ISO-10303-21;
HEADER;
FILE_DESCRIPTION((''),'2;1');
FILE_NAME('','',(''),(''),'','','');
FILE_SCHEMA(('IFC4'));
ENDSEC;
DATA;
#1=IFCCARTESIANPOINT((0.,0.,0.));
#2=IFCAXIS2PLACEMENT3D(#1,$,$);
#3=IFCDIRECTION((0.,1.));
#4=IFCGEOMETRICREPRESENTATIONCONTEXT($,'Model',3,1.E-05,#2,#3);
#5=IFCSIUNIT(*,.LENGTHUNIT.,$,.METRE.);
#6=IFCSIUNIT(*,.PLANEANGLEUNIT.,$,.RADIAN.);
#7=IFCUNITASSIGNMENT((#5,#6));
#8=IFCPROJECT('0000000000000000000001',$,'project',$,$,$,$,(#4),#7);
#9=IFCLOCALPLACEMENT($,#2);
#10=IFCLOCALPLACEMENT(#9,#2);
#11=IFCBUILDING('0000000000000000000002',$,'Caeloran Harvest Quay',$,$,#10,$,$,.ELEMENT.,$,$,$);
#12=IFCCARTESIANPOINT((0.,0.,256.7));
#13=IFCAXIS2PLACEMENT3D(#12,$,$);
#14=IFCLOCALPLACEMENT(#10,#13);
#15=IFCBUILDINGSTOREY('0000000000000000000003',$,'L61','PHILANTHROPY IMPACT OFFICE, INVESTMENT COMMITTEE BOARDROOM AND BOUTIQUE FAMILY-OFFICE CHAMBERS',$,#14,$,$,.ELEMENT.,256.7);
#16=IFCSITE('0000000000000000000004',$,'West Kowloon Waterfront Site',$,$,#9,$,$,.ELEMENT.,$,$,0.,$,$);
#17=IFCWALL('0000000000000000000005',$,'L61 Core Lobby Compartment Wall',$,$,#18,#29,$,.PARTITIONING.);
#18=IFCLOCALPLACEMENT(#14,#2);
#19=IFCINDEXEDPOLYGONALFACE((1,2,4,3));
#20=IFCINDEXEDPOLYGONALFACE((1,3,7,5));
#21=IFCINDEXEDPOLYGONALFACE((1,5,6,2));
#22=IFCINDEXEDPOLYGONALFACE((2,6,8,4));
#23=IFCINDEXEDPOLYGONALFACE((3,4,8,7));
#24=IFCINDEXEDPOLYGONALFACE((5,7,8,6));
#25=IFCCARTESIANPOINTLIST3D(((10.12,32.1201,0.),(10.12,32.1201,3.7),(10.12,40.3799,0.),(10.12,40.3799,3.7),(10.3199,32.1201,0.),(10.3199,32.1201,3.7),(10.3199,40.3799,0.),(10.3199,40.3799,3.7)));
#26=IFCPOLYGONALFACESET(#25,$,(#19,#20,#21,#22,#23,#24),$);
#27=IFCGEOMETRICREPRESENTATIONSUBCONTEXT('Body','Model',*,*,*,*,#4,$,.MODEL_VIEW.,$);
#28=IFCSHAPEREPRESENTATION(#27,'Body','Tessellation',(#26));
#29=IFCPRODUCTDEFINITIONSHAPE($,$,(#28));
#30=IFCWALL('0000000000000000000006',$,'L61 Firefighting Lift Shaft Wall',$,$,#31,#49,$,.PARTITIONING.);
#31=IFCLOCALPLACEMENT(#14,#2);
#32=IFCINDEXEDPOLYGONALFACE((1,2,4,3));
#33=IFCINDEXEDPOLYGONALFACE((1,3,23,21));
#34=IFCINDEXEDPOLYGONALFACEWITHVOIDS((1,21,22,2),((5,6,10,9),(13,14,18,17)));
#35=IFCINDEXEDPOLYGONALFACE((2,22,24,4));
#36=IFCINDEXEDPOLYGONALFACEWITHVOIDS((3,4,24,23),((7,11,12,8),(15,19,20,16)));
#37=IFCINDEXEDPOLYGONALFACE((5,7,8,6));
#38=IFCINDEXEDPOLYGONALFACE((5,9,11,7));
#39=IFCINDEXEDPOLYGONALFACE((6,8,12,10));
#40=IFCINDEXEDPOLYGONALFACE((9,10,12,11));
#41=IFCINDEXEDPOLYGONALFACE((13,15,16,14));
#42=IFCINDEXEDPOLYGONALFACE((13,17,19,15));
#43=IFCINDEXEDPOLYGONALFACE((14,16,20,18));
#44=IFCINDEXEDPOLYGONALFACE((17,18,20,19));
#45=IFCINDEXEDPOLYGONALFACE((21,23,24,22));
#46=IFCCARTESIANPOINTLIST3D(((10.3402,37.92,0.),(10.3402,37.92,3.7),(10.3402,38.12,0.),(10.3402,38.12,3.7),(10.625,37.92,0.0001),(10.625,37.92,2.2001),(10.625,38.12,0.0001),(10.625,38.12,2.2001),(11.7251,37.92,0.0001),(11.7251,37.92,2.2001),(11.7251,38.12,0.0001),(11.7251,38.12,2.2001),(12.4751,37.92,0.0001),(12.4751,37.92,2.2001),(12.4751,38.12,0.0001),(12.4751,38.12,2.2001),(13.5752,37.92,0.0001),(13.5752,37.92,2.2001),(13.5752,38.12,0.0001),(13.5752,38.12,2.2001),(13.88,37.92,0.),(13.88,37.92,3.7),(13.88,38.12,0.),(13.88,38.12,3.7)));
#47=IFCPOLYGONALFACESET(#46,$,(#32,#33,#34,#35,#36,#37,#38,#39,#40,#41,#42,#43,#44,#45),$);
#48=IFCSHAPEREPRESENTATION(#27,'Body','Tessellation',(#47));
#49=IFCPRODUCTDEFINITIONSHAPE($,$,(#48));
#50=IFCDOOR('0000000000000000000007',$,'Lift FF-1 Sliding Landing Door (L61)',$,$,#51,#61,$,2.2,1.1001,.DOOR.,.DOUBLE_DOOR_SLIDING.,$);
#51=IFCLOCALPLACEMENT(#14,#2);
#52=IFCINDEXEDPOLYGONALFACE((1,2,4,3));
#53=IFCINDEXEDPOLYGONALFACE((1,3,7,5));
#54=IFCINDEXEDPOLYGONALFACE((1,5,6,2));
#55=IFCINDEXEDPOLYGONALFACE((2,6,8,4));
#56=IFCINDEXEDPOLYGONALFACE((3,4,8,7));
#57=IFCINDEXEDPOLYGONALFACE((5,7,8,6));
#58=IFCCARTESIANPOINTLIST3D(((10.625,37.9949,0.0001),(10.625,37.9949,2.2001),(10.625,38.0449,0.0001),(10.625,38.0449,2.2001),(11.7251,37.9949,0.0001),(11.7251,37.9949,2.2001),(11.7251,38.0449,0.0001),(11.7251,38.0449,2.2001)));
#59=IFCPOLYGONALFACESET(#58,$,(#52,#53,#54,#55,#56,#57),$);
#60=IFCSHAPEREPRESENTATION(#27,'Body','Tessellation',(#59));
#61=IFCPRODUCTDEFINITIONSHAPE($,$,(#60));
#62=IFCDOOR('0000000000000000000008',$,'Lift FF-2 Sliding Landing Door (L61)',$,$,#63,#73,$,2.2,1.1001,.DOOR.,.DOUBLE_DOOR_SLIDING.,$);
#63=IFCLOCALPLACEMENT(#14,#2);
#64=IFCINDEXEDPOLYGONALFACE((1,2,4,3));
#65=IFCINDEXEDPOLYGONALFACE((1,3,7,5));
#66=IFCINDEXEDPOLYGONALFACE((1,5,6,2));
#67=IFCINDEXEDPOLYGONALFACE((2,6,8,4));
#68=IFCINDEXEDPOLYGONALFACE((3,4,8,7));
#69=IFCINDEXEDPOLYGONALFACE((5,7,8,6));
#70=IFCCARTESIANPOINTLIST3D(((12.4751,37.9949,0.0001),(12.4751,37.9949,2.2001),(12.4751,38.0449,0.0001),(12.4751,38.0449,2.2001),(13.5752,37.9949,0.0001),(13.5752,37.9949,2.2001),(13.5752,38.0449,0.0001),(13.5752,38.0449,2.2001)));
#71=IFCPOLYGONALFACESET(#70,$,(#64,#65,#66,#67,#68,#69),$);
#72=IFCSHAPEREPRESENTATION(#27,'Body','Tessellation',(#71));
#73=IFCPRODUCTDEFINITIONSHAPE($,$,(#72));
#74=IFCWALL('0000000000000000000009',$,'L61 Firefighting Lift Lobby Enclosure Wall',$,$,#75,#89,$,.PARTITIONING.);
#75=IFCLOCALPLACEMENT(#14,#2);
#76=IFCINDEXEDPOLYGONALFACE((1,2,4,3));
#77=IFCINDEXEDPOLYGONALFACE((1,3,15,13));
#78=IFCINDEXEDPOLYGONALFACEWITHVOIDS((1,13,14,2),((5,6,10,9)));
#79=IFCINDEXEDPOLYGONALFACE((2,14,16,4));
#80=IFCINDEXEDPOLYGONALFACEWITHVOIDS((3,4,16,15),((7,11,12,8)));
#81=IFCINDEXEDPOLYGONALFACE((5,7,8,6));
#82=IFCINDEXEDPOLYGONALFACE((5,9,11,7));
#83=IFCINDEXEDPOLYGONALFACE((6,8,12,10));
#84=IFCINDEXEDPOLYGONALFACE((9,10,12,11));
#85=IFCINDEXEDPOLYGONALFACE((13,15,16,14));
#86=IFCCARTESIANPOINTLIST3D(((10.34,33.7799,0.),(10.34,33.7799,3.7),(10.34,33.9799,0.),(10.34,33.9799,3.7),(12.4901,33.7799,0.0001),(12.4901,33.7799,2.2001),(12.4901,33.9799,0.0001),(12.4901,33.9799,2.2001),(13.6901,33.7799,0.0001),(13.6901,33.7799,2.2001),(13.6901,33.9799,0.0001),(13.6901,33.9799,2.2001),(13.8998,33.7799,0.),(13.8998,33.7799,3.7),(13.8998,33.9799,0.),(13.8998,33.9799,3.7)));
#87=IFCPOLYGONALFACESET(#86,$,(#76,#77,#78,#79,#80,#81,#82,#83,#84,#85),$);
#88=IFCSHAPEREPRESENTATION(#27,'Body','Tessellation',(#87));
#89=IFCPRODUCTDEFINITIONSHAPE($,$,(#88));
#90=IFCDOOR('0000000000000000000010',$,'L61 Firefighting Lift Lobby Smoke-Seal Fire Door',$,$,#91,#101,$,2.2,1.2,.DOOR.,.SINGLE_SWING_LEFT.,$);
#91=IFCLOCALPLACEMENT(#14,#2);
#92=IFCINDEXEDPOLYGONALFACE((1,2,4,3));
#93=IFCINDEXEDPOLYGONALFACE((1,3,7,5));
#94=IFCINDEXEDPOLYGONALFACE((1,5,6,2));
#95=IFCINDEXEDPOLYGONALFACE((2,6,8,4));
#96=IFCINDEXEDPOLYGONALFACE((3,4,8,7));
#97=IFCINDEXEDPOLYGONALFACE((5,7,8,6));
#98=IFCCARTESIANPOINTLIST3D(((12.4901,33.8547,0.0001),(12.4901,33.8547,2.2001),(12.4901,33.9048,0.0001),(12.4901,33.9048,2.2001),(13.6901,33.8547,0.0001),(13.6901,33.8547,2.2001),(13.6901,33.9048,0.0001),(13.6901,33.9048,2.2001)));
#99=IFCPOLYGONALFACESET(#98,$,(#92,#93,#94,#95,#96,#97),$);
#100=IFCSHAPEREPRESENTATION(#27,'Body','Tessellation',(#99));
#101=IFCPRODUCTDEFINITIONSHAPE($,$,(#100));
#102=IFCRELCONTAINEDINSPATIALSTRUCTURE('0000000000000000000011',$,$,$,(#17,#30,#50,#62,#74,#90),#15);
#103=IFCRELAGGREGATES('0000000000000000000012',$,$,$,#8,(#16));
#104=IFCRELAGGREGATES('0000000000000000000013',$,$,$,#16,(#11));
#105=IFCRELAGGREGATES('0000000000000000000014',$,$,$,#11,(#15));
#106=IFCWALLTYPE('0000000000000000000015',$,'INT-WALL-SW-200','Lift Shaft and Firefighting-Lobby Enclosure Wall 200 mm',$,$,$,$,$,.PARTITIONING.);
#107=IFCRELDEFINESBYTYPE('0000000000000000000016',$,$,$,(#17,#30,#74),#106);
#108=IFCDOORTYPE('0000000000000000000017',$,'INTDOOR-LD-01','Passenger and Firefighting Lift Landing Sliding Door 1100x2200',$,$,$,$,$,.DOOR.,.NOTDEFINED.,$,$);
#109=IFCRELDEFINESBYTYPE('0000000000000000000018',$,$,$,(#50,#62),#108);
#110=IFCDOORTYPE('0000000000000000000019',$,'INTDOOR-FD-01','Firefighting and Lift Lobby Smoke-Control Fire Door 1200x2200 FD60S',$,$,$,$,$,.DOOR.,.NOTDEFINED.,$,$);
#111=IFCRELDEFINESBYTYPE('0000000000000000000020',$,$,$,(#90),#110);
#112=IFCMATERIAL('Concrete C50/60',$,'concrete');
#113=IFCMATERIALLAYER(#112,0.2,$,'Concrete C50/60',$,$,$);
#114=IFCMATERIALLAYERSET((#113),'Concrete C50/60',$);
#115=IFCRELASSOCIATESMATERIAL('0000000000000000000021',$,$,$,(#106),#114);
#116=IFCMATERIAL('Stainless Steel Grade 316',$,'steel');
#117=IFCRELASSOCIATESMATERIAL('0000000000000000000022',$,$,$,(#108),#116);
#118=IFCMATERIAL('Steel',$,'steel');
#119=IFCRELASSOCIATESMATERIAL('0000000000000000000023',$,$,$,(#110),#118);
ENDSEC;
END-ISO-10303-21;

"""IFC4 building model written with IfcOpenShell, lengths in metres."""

from ifc_helpers import new_model, si_unit, direction, frame, frame_2d, origin, place, context, subcontext, project, spatial, rectangle, extrude, material, layer, layer_set, type_object, element, fill, save


model = new_model("IFC4")

# Units and contexts
model_context = context("Model", 3, precision=1e-05, world=origin(), true_north=direction((0.0, 1.0)))
body_context = subcontext(model_context, "Body", "Model", "MODEL_VIEW")
ifc_project = project(units=[si_unit("LENGTHUNIT", "METRE"), si_unit("PLANEANGLEUNIT", "RADIAN")], contexts=[model_context])

# Site, building, storey
site_placement = place(None, origin())
site = spatial("IfcSite", under=ifc_project, at=site_placement, Name="West Kowloon Waterfront Site", CompositionType="ELEMENT", RefElevation=0.0)
building_placement = place(site_placement, origin())
building = spatial("IfcBuilding", under=site, at=building_placement, Name="Caeloran Harvest Quay", CompositionType="ELEMENT")
storey_placement = place(building_placement, frame((0.0, 0.0, 256.7)))
storey = spatial("IfcBuildingStorey", under=building, at=storey_placement, Name="L61", Description="PHILANTHROPY IMPACT OFFICE, INVESTMENT COMMITTEE BOARDROOM AND BOUTIQUE FAMILY-OFFICE CHAMBERS", CompositionType="ELEMENT", Elevation=256.7)

# Shared definitions
ifc_material_1 = material(Name="Concrete C50/60", Category="concrete")
ifc_layer_1 = layer(ifc_material_1, 0.2, Name="Concrete C50/60")
ifc_layer_set_1 = layer_set([ifc_layer_1], Name="Concrete C50/60")
wall_type_1 = type_object("IfcWallType", Name="INT-WALL-SW-200", Description="Lift Shaft and Firefighting-Lobby Enclosure Wall 200 mm", PredefinedType="PARTITIONING", material=ifc_layer_set_1)
ifc_material_2 = material(Name="Stainless Steel Grade 316", Category="steel")
door_type_1 = type_object("IfcDoorType", Name="INTDOOR-LD-01", Description="Passenger and Firefighting Lift Landing Sliding Door 1100x2200", OperationType="NOTDEFINED", PredefinedType="DOOR", material=ifc_material_2)

# Wall
wall_1_placement = place(storey_placement, frame((10.22, 32.1201, 0.0), z_axis=(0.0, 0.0, 1.0), x_axis=(0.0, 1.0, 0.0)))
element("IfcWall", 1, at=wall_1_placement, inside=storey, type_object=wall_type_1, Name="L61 Core Lobby Compartment Wall", PredefinedType="PARTITIONING", context=body_context, shape_type="SweptSolid", body=[
    extrude(rectangle(XDim=8.2598, YDim=0.2, at=frame_2d((4.1299, 0.0))), origin(), (0.0, 0.0, 1.0), 3.7),
])

# Wall, openings, doors
wall_2_placement = place(storey_placement, frame((10.3401, 38.02, 0.0), z_axis=(0.0, 0.0, 1.0), x_axis=(1.0, 0.0, 0.0)))
wall_2 = element("IfcWall", 2, at=wall_2_placement, inside=storey, type_object=wall_type_1, Name="L61 Firefighting Lift Shaft Wall", PredefinedType="PARTITIONING", context=body_context, shape_type="SweptSolid", body=[
    extrude(rectangle(XDim=3.5398, YDim=0.2, at=frame_2d((1.77, 0.0))), origin(), (0.0, 0.0, 1.0), 3.7),
])
opening_1_placement = place(wall_2_placement, frame((0.2849, 0.0, 0.0)))
opening_1 = element("IfcOpeningElement", 3, at=opening_1_placement, cuts=wall_2, PredefinedType="OPENING", context=body_context, shape_type="SweptSolid", body=[
    extrude(rectangle(XDim=1.1001, YDim=2.2, at=frame_2d((0.55, 1.1001))), frame((0.0, 0.1099, 0.0), z_axis=(0.0, -1.0, 0.0), x_axis=(1.0, 0.0, 0.0)), (0.0, 0.0, 1.0), 0.22),
])
opening_2_placement = place(wall_2_placement, frame((2.135, 0.0, 0.0)))
opening_2 = element("IfcOpeningElement", 4, at=opening_2_placement, cuts=wall_2, PredefinedType="OPENING", context=body_context, shape_type="SweptSolid", body=[
    extrude(rectangle(XDim=1.1001, YDim=2.2, at=frame_2d((0.55, 1.1001))), frame((0.0, 0.1099, 0.0), z_axis=(0.0, -1.0, 0.0), x_axis=(1.0, 0.0, 0.0)), (0.0, 0.0, 1.0), 0.22),
])
door_1_placement = place(opening_1_placement, origin())
door_1 = element("IfcDoor", 5, at=door_1_placement, inside=storey, type_object=door_type_1, Name="Lift FF-1 Sliding Landing Door (L61)", OperationType="DOUBLE_DOOR_SLIDING", OverallHeight=2.2, OverallWidth=1.1001, PredefinedType="DOOR", context=body_context, shape_type="SweptSolid", body=[
    extrude(rectangle(XDim=1.1001, YDim=2.2, at=frame_2d((0.55, 1.1001))), frame((0.0, 0.0249, 0.0), z_axis=(0.0, -1.0, 0.0), x_axis=(1.0, 0.0, 0.0)), (0.0, 0.0, 1.0), 0.05),
])
fill(opening_1, door_1)
door_2_placement = place(opening_2_placement, origin())
door_2 = element("IfcDoor", 6, at=door_2_placement, inside=storey, type_object=door_type_1, Name="Lift FF-2 Sliding Landing Door (L61)", OperationType="DOUBLE_DOOR_SLIDING", OverallHeight=2.2, OverallWidth=1.1001, PredefinedType="DOOR", context=body_context, shape_type="SweptSolid", body=[
    extrude(rectangle(XDim=1.1001, YDim=2.2, at=frame_2d((0.55, 1.1001))), frame((0.0, 0.0249, 0.0), z_axis=(0.0, -1.0, 0.0), x_axis=(1.0, 0.0, 0.0)), (0.0, 0.0, 1.0), 0.05),
])
fill(opening_2, door_2)

# Wall, opening, door
wall_3_placement = place(storey_placement, frame((10.3401, 33.8799, 0.0), z_axis=(0.0, 0.0, 1.0), x_axis=(1.0, 0.0, 0.0)))
wall_3 = element("IfcWall", 7, at=wall_3_placement, inside=storey, type_object=wall_type_1, Name="L61 Firefighting Lift Lobby Enclosure Wall", PredefinedType="PARTITIONING", context=body_context, shape_type="SweptSolid", body=[
    extrude(rectangle(XDim=3.5598, YDim=0.2, at=frame_2d((1.7798, 0.0))), origin(), (0.0, 0.0, 1.0), 3.7),
])
opening_3_placement = place(wall_3_placement, frame((2.1499, 0.0, 0.0)))
opening_3 = element("IfcOpeningElement", 8, at=opening_3_placement, cuts=wall_3, PredefinedType="OPENING", context=body_context, shape_type="SweptSolid", body=[
    extrude(rectangle(XDim=1.2, YDim=2.2, at=frame_2d((0.6001, 1.1001))), frame((0.0, 0.1099, 0.0), z_axis=(0.0, -1.0, 0.0), x_axis=(1.0, 0.0, 0.0)), (0.0, 0.0, 1.0), 0.22),
])
ifc_material_3 = material(Name="Steel", Category="steel")
door_type_2 = type_object("IfcDoorType", Name="INTDOOR-FD-01", Description="Firefighting and Lift Lobby Smoke-Control Fire Door 1200x2200 FD60S", OperationType="NOTDEFINED", PredefinedType="DOOR", material=ifc_material_3)
door_3_placement = place(opening_3_placement, origin())
door_3 = element("IfcDoor", 9, at=door_3_placement, inside=storey, type_object=door_type_2, Name="L61 Firefighting Lift Lobby Smoke-Seal Fire Door", OperationType="SINGLE_SWING_LEFT", OverallHeight=2.2, OverallWidth=1.2, PredefinedType="DOOR", context=body_context, shape_type="SweptSolid", body=[
    extrude(rectangle(XDim=1.2, YDim=2.2, at=frame_2d((0.6001, 1.1001))), frame((0.0, 0.0249, 0.0), z_axis=(0.0, -1.0, 0.0), x_axis=(1.0, 0.0, 0.0)), (0.0, 0.0, 1.0), 0.05),
])
fill(opening_3, door_3)

save(model, "model.ifc")
